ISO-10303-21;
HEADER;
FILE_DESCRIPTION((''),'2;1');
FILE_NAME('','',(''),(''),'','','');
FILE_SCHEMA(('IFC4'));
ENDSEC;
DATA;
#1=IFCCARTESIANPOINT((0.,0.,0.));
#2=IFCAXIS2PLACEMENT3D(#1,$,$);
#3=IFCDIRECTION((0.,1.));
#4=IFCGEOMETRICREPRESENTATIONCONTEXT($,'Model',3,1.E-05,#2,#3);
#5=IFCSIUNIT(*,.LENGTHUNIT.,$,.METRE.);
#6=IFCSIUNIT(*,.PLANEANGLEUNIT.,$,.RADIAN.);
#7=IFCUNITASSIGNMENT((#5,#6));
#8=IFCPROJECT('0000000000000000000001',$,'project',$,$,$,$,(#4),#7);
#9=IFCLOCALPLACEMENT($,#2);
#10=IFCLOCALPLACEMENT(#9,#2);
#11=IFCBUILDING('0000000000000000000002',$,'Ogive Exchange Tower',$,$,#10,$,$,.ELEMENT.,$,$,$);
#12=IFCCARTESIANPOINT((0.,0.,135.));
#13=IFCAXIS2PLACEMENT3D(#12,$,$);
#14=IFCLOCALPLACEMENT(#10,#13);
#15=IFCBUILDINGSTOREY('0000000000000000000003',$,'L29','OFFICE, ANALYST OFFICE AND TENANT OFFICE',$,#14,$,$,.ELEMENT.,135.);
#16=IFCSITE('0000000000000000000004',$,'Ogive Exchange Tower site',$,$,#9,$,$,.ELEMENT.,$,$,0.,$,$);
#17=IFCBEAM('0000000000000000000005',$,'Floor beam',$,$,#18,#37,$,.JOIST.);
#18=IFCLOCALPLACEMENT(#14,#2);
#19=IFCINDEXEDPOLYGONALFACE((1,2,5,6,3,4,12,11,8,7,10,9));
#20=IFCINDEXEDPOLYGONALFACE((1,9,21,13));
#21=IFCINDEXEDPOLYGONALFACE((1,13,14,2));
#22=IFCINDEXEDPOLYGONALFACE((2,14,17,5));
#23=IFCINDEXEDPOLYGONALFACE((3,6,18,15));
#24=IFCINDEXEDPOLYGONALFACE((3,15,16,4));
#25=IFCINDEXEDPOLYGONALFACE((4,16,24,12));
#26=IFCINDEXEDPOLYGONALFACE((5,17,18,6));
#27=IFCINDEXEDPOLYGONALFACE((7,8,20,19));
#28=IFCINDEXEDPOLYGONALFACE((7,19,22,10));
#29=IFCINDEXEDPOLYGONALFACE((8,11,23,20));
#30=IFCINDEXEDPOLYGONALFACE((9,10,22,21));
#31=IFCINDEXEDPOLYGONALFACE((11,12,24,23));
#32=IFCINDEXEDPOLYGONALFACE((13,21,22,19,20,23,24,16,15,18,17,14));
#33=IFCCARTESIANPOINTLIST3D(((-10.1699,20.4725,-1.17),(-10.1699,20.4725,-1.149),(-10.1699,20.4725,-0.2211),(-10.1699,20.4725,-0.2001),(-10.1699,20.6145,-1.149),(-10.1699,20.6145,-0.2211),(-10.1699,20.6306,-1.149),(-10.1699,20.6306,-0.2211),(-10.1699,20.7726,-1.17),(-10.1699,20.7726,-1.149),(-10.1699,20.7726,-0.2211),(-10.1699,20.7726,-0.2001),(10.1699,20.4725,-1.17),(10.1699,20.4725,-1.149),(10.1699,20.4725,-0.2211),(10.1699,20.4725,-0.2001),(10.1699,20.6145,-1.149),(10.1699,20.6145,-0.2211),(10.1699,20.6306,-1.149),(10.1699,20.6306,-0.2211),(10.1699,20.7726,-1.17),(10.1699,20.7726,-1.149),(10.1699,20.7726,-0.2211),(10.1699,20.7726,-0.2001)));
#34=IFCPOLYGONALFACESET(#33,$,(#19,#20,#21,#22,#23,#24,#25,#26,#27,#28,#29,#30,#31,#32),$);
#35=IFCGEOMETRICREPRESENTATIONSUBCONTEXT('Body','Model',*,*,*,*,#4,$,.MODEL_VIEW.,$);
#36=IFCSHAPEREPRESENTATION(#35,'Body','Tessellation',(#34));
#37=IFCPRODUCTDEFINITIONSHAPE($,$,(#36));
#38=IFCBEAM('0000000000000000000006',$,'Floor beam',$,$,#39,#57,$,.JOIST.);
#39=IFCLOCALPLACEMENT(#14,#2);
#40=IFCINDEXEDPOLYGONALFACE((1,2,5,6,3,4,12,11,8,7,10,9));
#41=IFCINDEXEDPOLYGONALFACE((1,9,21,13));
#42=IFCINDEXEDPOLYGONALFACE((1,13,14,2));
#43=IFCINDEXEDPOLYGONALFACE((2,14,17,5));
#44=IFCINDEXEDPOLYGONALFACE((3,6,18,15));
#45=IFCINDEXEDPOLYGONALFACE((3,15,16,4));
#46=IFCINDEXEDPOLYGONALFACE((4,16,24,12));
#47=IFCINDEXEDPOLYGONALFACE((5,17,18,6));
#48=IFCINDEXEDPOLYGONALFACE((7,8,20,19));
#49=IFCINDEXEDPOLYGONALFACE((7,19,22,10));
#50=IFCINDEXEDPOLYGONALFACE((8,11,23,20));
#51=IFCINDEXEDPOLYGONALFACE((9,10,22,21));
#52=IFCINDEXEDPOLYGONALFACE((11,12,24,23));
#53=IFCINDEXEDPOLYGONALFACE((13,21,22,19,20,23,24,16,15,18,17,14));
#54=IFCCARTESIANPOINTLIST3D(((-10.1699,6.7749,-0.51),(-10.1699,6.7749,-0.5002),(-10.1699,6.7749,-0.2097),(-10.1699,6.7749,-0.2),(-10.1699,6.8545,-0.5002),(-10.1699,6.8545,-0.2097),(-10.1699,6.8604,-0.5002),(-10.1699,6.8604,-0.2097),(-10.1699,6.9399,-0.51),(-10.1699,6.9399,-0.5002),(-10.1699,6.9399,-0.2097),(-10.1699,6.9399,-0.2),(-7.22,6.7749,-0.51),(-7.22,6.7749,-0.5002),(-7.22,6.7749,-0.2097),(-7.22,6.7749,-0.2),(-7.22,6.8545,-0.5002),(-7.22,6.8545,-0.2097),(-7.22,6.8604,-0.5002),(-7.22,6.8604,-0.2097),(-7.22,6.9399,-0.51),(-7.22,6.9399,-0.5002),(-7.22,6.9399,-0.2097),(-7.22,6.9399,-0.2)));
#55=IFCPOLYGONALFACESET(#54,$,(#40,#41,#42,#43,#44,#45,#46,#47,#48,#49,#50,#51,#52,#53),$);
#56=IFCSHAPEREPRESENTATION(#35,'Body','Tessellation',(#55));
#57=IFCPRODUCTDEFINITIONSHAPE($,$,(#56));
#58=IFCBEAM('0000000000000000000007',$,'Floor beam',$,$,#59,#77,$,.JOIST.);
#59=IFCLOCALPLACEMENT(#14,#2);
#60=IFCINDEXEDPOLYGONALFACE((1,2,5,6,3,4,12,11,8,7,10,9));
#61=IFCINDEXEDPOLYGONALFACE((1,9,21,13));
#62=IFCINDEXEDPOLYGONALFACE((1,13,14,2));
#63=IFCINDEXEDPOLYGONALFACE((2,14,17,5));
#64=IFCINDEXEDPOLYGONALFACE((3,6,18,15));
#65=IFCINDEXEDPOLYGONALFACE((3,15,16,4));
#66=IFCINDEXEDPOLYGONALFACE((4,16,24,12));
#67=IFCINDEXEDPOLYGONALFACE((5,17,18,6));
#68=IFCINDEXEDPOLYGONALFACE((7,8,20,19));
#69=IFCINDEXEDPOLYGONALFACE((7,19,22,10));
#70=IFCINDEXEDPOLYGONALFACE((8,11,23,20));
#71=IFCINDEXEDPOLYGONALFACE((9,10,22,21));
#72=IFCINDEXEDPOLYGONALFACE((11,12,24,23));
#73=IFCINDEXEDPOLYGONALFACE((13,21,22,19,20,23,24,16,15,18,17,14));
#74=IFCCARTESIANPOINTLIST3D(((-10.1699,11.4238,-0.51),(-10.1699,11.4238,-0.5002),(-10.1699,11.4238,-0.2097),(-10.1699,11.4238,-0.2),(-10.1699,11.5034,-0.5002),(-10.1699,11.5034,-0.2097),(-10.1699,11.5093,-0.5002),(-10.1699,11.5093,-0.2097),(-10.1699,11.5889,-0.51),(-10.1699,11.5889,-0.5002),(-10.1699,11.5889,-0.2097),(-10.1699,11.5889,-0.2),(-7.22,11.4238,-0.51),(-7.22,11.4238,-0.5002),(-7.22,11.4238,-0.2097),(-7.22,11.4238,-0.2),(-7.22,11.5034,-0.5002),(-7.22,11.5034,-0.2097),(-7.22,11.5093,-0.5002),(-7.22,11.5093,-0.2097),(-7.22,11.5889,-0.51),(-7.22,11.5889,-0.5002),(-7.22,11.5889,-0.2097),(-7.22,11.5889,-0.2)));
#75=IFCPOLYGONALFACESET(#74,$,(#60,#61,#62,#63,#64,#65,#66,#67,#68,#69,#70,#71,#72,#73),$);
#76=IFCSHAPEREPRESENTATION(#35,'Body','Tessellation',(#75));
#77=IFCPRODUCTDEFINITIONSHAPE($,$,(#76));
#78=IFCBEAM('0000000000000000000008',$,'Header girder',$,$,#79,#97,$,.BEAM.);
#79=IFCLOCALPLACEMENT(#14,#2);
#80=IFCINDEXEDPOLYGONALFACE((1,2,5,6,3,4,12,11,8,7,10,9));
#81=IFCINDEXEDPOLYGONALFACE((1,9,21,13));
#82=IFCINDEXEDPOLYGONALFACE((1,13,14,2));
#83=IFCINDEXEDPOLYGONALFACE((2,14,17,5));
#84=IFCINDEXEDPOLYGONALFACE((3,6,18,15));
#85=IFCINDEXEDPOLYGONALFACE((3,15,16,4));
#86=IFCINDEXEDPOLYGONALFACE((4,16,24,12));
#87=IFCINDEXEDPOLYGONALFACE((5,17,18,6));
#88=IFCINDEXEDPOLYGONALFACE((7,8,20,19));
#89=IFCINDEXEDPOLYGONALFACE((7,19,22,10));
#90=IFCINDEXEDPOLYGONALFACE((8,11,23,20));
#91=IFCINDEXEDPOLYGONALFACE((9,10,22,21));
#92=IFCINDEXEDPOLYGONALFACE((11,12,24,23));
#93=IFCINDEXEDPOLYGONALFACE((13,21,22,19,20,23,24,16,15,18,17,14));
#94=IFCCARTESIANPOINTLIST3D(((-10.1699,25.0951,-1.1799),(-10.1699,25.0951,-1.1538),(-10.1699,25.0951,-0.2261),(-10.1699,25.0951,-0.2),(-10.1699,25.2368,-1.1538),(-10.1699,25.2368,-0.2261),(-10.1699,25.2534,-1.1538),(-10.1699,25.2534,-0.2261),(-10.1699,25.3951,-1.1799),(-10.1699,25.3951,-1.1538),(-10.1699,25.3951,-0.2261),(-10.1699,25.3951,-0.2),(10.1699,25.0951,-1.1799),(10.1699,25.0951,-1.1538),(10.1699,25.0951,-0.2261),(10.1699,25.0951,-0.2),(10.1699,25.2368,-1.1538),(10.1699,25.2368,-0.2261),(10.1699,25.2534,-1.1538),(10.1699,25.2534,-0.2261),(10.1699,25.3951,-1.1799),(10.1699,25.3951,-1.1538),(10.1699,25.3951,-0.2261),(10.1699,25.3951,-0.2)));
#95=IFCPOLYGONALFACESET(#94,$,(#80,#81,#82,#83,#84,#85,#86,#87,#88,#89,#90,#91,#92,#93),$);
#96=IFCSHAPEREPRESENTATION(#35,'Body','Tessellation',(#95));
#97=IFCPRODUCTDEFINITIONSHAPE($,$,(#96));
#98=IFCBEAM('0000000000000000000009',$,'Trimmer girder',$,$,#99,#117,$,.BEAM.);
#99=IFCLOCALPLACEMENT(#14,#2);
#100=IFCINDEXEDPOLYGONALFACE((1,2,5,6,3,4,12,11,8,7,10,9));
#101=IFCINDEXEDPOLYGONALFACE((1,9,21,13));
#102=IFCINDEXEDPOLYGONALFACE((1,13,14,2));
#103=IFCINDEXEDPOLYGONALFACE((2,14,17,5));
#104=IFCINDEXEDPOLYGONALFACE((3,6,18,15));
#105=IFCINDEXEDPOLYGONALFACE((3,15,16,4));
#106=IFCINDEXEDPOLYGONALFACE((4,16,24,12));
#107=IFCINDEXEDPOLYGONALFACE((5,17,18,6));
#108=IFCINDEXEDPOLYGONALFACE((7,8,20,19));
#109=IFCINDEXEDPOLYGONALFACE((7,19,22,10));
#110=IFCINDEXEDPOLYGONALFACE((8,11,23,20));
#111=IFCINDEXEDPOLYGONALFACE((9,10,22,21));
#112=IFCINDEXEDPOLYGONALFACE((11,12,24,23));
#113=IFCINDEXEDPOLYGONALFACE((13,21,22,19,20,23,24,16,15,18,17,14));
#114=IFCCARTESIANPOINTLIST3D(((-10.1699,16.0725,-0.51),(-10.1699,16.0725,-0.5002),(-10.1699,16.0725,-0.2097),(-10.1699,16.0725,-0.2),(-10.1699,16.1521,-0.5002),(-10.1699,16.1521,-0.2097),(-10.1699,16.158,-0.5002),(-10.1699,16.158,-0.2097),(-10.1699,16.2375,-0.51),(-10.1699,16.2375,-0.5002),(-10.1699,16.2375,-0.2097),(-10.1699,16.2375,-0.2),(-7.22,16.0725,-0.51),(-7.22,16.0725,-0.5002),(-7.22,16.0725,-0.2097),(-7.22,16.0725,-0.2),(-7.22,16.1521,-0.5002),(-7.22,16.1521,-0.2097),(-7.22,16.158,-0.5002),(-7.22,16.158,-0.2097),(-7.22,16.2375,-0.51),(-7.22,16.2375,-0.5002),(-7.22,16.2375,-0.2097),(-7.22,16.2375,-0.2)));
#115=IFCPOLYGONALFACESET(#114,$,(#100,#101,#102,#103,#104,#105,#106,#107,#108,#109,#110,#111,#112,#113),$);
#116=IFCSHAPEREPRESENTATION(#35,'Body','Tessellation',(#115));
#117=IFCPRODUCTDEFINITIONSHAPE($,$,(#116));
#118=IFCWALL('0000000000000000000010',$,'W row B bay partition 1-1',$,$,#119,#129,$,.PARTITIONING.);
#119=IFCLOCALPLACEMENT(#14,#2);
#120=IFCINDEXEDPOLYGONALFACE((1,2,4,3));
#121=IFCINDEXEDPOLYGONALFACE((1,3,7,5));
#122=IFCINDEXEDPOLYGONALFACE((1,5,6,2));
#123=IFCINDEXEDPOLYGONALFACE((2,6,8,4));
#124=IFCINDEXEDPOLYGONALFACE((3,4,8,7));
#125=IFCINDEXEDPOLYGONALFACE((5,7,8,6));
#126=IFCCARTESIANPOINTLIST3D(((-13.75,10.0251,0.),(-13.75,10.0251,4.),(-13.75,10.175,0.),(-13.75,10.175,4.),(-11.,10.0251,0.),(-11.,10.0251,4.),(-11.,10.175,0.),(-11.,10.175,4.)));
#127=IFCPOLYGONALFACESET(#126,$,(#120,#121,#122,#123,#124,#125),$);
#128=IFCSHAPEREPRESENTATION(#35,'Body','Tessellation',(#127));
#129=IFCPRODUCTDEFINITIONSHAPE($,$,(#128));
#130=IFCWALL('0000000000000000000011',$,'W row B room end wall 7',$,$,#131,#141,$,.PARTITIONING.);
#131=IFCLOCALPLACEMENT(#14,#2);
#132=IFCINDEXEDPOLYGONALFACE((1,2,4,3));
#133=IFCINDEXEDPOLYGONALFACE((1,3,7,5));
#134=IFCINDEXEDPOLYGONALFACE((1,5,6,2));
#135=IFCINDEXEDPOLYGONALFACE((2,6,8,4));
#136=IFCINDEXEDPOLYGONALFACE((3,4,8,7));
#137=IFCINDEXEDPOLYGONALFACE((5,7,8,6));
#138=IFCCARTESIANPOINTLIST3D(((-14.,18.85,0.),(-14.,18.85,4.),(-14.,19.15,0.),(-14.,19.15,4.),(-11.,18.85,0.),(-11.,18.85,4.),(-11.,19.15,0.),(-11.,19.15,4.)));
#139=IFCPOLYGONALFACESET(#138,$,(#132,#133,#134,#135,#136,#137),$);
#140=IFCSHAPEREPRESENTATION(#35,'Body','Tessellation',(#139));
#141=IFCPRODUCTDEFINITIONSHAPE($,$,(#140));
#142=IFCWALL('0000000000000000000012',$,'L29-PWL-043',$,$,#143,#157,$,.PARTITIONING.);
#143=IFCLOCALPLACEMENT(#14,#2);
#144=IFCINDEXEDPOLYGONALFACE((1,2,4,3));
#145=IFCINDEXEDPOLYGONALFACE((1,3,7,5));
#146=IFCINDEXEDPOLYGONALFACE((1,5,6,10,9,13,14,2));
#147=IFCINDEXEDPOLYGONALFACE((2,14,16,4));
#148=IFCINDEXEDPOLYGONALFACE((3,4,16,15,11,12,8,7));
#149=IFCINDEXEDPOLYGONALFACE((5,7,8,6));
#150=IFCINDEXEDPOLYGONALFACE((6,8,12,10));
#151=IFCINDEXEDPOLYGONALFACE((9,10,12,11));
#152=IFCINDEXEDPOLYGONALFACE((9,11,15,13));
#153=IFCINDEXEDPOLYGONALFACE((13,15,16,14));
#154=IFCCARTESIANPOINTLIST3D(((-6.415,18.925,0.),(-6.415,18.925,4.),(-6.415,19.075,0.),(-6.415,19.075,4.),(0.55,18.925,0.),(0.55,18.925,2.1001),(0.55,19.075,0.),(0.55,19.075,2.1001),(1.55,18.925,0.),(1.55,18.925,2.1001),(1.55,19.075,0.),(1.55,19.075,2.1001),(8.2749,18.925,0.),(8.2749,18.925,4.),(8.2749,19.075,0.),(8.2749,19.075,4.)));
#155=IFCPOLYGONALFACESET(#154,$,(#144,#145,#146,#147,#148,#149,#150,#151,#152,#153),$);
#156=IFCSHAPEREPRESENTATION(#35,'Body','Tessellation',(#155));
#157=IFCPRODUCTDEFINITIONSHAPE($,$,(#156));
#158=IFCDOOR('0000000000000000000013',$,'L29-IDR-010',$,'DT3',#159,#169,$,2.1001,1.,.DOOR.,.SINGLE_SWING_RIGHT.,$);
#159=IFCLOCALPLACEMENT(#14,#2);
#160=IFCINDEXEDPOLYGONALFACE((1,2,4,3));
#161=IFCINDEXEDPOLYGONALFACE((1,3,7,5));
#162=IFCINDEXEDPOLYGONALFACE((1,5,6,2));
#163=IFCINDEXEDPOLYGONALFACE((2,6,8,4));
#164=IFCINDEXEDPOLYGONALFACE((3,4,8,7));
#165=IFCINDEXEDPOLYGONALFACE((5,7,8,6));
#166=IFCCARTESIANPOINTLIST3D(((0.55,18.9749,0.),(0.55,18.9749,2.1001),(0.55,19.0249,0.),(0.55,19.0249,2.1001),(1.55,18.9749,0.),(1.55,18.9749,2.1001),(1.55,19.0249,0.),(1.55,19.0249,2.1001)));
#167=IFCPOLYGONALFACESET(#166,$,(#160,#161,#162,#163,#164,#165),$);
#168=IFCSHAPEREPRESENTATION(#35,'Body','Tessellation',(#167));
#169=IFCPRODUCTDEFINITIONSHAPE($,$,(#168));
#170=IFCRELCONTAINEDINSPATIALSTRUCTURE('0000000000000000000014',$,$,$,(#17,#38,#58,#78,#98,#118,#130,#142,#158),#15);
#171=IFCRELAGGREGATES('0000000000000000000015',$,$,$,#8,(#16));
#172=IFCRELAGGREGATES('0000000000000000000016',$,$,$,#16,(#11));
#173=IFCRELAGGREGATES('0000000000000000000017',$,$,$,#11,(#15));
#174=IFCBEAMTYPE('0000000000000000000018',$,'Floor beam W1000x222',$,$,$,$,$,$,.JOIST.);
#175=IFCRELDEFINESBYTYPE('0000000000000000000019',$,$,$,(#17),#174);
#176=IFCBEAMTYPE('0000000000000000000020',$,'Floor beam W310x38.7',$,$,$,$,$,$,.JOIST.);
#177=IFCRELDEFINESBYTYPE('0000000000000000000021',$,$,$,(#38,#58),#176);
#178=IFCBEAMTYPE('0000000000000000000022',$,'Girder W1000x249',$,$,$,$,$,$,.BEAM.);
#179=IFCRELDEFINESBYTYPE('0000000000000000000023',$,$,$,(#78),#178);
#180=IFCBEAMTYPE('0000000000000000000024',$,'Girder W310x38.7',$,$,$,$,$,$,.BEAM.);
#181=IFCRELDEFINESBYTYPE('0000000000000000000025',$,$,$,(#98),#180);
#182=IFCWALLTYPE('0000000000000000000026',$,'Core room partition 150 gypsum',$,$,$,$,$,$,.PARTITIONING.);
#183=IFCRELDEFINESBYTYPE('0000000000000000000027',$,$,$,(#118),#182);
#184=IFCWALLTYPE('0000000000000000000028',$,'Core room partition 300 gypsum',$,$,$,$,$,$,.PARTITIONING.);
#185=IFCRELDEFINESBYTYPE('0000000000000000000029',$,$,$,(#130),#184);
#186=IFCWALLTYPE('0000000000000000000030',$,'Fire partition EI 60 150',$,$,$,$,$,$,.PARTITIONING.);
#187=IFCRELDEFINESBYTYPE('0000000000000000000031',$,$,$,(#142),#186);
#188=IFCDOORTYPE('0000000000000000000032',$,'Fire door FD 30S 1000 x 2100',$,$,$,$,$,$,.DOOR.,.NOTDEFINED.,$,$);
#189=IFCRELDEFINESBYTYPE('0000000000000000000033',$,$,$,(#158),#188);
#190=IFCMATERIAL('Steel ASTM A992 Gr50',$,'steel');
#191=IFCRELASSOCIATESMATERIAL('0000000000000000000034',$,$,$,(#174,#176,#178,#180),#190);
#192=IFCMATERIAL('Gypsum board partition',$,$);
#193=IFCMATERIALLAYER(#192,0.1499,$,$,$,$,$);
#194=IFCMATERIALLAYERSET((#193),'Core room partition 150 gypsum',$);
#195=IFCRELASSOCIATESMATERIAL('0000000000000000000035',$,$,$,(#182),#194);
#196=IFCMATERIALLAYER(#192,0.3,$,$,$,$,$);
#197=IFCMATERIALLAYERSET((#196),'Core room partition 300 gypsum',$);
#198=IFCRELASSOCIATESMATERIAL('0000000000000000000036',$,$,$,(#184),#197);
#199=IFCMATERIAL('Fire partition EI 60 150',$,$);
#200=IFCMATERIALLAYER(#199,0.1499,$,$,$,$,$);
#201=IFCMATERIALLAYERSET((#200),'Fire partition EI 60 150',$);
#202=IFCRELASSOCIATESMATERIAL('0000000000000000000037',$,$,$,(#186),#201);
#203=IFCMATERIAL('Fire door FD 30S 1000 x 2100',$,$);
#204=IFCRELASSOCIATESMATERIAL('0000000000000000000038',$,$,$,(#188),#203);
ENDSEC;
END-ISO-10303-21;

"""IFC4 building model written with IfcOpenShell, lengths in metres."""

from ifc_helpers import new_model, si_unit, direction, frame, frame_2d, origin, origin_2d, place, context, subcontext, project, spatial, rectangle, i_section, extrude, material, layer, layer_set, material_profile, profile_set, type_object, element, fill, save


model = new_model("IFC4")

# Units and contexts
model_context = context("Model", 3, precision=1e-05, world=origin(), true_north=direction((0.0, 1.0)))
body_context = subcontext(model_context, "Body", "Model", "MODEL_VIEW")
ifc_project = project(units=[si_unit("LENGTHUNIT", "METRE"), si_unit("PLANEANGLEUNIT", "RADIAN")], contexts=[model_context])

# Site, building, storey
site_placement = place(None, origin())
site = spatial("IfcSite", under=ifc_project, at=site_placement, Name="Ogive Exchange Tower site", CompositionType="ELEMENT", RefElevation=0.0)
building_placement = place(site_placement, origin())
building = spatial("IfcBuilding", under=site, at=building_placement, Name="Ogive Exchange Tower", CompositionType="ELEMENT")
storey_placement = place(building_placement, frame((0.0, 0.0, 135.0)))
storey = spatial("IfcBuildingStorey", under=building, at=storey_placement, Name="L29", Description="OFFICE, ANALYST OFFICE AND TENANT OFFICE", CompositionType="ELEMENT", Elevation=135.0)

# Beams
ifc_material_1 = material(Name="Steel ASTM A992 Gr50", Category="steel")
ifc_material_profile_1 = material_profile(ifc_material_1, i_section(OverallWidth=0.3, OverallDepth=0.97, WebThickness=0.0161, FlangeThickness=0.021, at=origin_2d()), Name="W1000x222")
ifc_profile_set_1 = profile_set([ifc_material_profile_1], Name="Steel ASTM A992 Gr50")
beam_type_1 = type_object("IfcBeamType", Name="Floor beam W1000x222", PredefinedType="JOIST", material=ifc_profile_set_1)
beam_1_placement = place(storey_placement, frame((-10.1699, 20.6226, -0.6851), z_axis=(1.0, 0.0, 0.0), x_axis=(0.0, 1.0, 0.0)))
element("IfcBeam", 1, at=beam_1_placement, inside=storey, type_object=beam_type_1, Name="Floor beam", PredefinedType="JOIST", context=body_context, shape_type="SweptSolid", body=[
    extrude(i_section(OverallWidth=0.3, OverallDepth=0.97, WebThickness=0.0161, FlangeThickness=0.021, at=origin_2d()), origin(), (0.0, 0.0, 1.0), 20.3398),
])
ifc_material_profile_2 = material_profile(ifc_material_1, i_section(OverallWidth=0.165, OverallDepth=0.3101, WebThickness=0.0059, FlangeThickness=0.0098, at=origin_2d()), Name="W310x38.7")
ifc_profile_set_2 = profile_set([ifc_material_profile_2], Name="Steel ASTM A992 Gr50")
beam_type_2 = type_object("IfcBeamType", Name="Floor beam W310x38.7", PredefinedType="JOIST", material=ifc_profile_set_2)
for number, where, z_axis, x_axis, name in (
    (2, (-10.1699, 6.8574, -0.355), (1.0, 0.0, 0.0), (0.0, 1.0, 0.0), "Floor beam"),
    (3, (-10.1699, 11.5063, -0.355), (1.0, 0.0, 0.0), (0.0, 1.0, 0.0), "Floor beam"),
):
    element("IfcBeam", number, at=place(storey_placement, frame(where, z_axis=z_axis, x_axis=x_axis)), inside=storey, type_object=beam_type_2, Name=name, PredefinedType="JOIST", context=body_context, shape_type="SweptSolid", body=[
        extrude(i_section(OverallWidth=0.165, OverallDepth=0.3101, WebThickness=0.0059, FlangeThickness=0.0098, at=origin_2d()), origin(), (0.0, 0.0, 1.0), 2.95),
    ])
ifc_material_profile_3 = material_profile(ifc_material_1, i_section(OverallWidth=0.3, OverallDepth=0.98, WebThickness=0.0166, FlangeThickness=0.0261, at=origin_2d()), Name="W1000x249")
ifc_profile_set_3 = profile_set([ifc_material_profile_3], Name="Steel ASTM A992 Gr50")
beam_type_3 = type_object("IfcBeamType", Name="Girder W1000x249", PredefinedType="BEAM", material=ifc_profile_set_3)
beam_2_placement = place(storey_placement, frame((-10.1699, 25.2451, -0.6899), z_axis=(1.0, 0.0, 0.0), x_axis=(0.0, 1.0, 0.0)))
element("IfcBeam", 4, at=beam_2_placement, inside=storey, type_object=beam_type_3, Name="Header girder", PredefinedType="BEAM", context=body_context, shape_type="SweptSolid", body=[
    extrude(i_section(OverallWidth=0.3, OverallDepth=0.98, WebThickness=0.0166, FlangeThickness=0.0261, at=origin_2d()), origin(), (0.0, 0.0, 1.0), 20.3398),
])
ifc_material_profile_4 = material_profile(ifc_material_1, i_section(OverallWidth=0.165, OverallDepth=0.3101, WebThickness=0.0059, FlangeThickness=0.0098, at=origin_2d()), Name="W310x38.7")
ifc_profile_set_4 = profile_set([ifc_material_profile_4], Name="Steel ASTM A992 Gr50")
beam_type_4 = type_object("IfcBeamType", Name="Girder W310x38.7", PredefinedType="BEAM", material=ifc_profile_set_4)
beam_3_placement = place(storey_placement, frame((-10.1699, 16.155, -0.355), z_axis=(1.0, 0.0, 0.0), x_axis=(0.0, 1.0, 0.0)))
element("IfcBeam", 5, at=beam_3_placement, inside=storey, type_object=beam_type_4, Name="Trimmer girder", PredefinedType="BEAM", context=body_context, shape_type="SweptSolid", body=[
    extrude(i_section(OverallWidth=0.165, OverallDepth=0.3101, WebThickness=0.0059, FlangeThickness=0.0098, at=origin_2d()), origin(), (0.0, 0.0, 1.0), 2.95),
])

# Walls
ifc_material_2 = material(Name="Gypsum board partition")
ifc_layer_1 = layer(ifc_material_2, 0.1499)
ifc_layer_set_1 = layer_set([ifc_layer_1], Name="Core room partition 150 gypsum")
wall_type_1 = type_object("IfcWallType", Name="Core room partition 150 gypsum", PredefinedType="PARTITIONING", material=ifc_layer_set_1)
wall_1_placement = place(storey_placement, frame((-13.75, 10.1001, 0.0), z_axis=(0.0, 0.0, 1.0), x_axis=(1.0, 0.0, 0.0)))
element("IfcWall", 6, at=wall_1_placement, inside=storey, type_object=wall_type_1, Name="W row B bay partition 1-1", PredefinedType="PARTITIONING", context=body_context, shape_type="SweptSolid", body=[
    extrude(rectangle(XDim=2.75, YDim=0.1499, at=frame_2d((1.375, 0.0))), origin(), (0.0, 0.0, 1.0), 4.0),
])
ifc_layer_2 = layer(ifc_material_2, 0.3)
ifc_layer_set_2 = layer_set([ifc_layer_2], Name="Core room partition 300 gypsum")
wall_type_2 = type_object("IfcWallType", Name="Core room partition 300 gypsum", PredefinedType="PARTITIONING", material=ifc_layer_set_2)
wall_2_placement = place(storey_placement, frame((-14.0, 19.0, 0.0), z_axis=(0.0, 0.0, 1.0), x_axis=(1.0, 0.0, 0.0)))
element("IfcWall", 7, at=wall_2_placement, inside=storey, type_object=wall_type_2, Name="W row B room end wall 7", PredefinedType="PARTITIONING", context=body_context, shape_type="SweptSolid", body=[
    extrude(rectangle(XDim=3.0, YDim=0.3, at=frame_2d((1.5, 0.0))), origin(), (0.0, 0.0, 1.0), 4.0),
])

# Wall, opening, door
ifc_material_3 = material(Name="Fire partition EI 60 150")
ifc_layer_3 = layer(ifc_material_3, 0.1499)
ifc_layer_set_3 = layer_set([ifc_layer_3], Name="Fire partition EI 60 150")
wall_type_3 = type_object("IfcWallType", Name="Fire partition EI 60 150", PredefinedType="PARTITIONING", material=ifc_layer_set_3)
wall_3_placement = place(storey_placement, frame((-6.415, 19.0, 0.0), z_axis=(0.0, 0.0, 1.0), x_axis=(1.0, 0.0, 0.0)))
wall_3 = element("IfcWall", 8, at=wall_3_placement, inside=storey, type_object=wall_type_3, Name="L29-PWL-043", PredefinedType="PARTITIONING", context=body_context, shape_type="SweptSolid", body=[
    extrude(rectangle(XDim=14.6899, YDim=0.1499, at=frame_2d((7.345, 0.0))), origin(), (0.0, 0.0, 1.0), 4.0),
])
opening_1_placement = place(wall_3_placement, frame((6.9651, 0.0, 0.0)))
opening_1 = element("IfcOpeningElement", 9, at=opening_1_placement, cuts=wall_3, PredefinedType="OPENING", context=body_context, shape_type="SweptSolid", body=[
    extrude(rectangle(XDim=1.0, YDim=2.1001, at=frame_2d((0.5, 1.05))), frame((0.0, 0.085, 0.0), z_axis=(0.0, -1.0, 0.0), x_axis=(1.0, 0.0, 0.0)), (0.0, 0.0, 1.0), 0.1699),
])
ifc_material_4 = material(Name="Fire door FD 30S 1000 x 2100")
door_type_1 = type_object("IfcDoorType", Name="Fire door FD 30S 1000 x 2100", OperationType="NOTDEFINED", PredefinedType="DOOR", material=ifc_material_4)
door_1_placement = place(opening_1_placement, origin())
door_1 = element("IfcDoor", 10, at=door_1_placement, inside=storey, type_object=door_type_1, Name="L29-IDR-010", ObjectType="DT3", OperationType="SINGLE_SWING_RIGHT", OverallHeight=2.1001, OverallWidth=1.0, PredefinedType="DOOR", context=body_context, shape_type="SweptSolid", body=[
    extrude(rectangle(XDim=1.0, YDim=2.1001, at=frame_2d((0.5, 1.05))), frame((0.0, 0.0249, 0.0), z_axis=(0.0, -1.0, 0.0), x_axis=(1.0, 0.0, 0.0)), (0.0, 0.0, 1.0), 0.05),
])
fill(opening_1, door_1)

save(model, "model.ifc")
